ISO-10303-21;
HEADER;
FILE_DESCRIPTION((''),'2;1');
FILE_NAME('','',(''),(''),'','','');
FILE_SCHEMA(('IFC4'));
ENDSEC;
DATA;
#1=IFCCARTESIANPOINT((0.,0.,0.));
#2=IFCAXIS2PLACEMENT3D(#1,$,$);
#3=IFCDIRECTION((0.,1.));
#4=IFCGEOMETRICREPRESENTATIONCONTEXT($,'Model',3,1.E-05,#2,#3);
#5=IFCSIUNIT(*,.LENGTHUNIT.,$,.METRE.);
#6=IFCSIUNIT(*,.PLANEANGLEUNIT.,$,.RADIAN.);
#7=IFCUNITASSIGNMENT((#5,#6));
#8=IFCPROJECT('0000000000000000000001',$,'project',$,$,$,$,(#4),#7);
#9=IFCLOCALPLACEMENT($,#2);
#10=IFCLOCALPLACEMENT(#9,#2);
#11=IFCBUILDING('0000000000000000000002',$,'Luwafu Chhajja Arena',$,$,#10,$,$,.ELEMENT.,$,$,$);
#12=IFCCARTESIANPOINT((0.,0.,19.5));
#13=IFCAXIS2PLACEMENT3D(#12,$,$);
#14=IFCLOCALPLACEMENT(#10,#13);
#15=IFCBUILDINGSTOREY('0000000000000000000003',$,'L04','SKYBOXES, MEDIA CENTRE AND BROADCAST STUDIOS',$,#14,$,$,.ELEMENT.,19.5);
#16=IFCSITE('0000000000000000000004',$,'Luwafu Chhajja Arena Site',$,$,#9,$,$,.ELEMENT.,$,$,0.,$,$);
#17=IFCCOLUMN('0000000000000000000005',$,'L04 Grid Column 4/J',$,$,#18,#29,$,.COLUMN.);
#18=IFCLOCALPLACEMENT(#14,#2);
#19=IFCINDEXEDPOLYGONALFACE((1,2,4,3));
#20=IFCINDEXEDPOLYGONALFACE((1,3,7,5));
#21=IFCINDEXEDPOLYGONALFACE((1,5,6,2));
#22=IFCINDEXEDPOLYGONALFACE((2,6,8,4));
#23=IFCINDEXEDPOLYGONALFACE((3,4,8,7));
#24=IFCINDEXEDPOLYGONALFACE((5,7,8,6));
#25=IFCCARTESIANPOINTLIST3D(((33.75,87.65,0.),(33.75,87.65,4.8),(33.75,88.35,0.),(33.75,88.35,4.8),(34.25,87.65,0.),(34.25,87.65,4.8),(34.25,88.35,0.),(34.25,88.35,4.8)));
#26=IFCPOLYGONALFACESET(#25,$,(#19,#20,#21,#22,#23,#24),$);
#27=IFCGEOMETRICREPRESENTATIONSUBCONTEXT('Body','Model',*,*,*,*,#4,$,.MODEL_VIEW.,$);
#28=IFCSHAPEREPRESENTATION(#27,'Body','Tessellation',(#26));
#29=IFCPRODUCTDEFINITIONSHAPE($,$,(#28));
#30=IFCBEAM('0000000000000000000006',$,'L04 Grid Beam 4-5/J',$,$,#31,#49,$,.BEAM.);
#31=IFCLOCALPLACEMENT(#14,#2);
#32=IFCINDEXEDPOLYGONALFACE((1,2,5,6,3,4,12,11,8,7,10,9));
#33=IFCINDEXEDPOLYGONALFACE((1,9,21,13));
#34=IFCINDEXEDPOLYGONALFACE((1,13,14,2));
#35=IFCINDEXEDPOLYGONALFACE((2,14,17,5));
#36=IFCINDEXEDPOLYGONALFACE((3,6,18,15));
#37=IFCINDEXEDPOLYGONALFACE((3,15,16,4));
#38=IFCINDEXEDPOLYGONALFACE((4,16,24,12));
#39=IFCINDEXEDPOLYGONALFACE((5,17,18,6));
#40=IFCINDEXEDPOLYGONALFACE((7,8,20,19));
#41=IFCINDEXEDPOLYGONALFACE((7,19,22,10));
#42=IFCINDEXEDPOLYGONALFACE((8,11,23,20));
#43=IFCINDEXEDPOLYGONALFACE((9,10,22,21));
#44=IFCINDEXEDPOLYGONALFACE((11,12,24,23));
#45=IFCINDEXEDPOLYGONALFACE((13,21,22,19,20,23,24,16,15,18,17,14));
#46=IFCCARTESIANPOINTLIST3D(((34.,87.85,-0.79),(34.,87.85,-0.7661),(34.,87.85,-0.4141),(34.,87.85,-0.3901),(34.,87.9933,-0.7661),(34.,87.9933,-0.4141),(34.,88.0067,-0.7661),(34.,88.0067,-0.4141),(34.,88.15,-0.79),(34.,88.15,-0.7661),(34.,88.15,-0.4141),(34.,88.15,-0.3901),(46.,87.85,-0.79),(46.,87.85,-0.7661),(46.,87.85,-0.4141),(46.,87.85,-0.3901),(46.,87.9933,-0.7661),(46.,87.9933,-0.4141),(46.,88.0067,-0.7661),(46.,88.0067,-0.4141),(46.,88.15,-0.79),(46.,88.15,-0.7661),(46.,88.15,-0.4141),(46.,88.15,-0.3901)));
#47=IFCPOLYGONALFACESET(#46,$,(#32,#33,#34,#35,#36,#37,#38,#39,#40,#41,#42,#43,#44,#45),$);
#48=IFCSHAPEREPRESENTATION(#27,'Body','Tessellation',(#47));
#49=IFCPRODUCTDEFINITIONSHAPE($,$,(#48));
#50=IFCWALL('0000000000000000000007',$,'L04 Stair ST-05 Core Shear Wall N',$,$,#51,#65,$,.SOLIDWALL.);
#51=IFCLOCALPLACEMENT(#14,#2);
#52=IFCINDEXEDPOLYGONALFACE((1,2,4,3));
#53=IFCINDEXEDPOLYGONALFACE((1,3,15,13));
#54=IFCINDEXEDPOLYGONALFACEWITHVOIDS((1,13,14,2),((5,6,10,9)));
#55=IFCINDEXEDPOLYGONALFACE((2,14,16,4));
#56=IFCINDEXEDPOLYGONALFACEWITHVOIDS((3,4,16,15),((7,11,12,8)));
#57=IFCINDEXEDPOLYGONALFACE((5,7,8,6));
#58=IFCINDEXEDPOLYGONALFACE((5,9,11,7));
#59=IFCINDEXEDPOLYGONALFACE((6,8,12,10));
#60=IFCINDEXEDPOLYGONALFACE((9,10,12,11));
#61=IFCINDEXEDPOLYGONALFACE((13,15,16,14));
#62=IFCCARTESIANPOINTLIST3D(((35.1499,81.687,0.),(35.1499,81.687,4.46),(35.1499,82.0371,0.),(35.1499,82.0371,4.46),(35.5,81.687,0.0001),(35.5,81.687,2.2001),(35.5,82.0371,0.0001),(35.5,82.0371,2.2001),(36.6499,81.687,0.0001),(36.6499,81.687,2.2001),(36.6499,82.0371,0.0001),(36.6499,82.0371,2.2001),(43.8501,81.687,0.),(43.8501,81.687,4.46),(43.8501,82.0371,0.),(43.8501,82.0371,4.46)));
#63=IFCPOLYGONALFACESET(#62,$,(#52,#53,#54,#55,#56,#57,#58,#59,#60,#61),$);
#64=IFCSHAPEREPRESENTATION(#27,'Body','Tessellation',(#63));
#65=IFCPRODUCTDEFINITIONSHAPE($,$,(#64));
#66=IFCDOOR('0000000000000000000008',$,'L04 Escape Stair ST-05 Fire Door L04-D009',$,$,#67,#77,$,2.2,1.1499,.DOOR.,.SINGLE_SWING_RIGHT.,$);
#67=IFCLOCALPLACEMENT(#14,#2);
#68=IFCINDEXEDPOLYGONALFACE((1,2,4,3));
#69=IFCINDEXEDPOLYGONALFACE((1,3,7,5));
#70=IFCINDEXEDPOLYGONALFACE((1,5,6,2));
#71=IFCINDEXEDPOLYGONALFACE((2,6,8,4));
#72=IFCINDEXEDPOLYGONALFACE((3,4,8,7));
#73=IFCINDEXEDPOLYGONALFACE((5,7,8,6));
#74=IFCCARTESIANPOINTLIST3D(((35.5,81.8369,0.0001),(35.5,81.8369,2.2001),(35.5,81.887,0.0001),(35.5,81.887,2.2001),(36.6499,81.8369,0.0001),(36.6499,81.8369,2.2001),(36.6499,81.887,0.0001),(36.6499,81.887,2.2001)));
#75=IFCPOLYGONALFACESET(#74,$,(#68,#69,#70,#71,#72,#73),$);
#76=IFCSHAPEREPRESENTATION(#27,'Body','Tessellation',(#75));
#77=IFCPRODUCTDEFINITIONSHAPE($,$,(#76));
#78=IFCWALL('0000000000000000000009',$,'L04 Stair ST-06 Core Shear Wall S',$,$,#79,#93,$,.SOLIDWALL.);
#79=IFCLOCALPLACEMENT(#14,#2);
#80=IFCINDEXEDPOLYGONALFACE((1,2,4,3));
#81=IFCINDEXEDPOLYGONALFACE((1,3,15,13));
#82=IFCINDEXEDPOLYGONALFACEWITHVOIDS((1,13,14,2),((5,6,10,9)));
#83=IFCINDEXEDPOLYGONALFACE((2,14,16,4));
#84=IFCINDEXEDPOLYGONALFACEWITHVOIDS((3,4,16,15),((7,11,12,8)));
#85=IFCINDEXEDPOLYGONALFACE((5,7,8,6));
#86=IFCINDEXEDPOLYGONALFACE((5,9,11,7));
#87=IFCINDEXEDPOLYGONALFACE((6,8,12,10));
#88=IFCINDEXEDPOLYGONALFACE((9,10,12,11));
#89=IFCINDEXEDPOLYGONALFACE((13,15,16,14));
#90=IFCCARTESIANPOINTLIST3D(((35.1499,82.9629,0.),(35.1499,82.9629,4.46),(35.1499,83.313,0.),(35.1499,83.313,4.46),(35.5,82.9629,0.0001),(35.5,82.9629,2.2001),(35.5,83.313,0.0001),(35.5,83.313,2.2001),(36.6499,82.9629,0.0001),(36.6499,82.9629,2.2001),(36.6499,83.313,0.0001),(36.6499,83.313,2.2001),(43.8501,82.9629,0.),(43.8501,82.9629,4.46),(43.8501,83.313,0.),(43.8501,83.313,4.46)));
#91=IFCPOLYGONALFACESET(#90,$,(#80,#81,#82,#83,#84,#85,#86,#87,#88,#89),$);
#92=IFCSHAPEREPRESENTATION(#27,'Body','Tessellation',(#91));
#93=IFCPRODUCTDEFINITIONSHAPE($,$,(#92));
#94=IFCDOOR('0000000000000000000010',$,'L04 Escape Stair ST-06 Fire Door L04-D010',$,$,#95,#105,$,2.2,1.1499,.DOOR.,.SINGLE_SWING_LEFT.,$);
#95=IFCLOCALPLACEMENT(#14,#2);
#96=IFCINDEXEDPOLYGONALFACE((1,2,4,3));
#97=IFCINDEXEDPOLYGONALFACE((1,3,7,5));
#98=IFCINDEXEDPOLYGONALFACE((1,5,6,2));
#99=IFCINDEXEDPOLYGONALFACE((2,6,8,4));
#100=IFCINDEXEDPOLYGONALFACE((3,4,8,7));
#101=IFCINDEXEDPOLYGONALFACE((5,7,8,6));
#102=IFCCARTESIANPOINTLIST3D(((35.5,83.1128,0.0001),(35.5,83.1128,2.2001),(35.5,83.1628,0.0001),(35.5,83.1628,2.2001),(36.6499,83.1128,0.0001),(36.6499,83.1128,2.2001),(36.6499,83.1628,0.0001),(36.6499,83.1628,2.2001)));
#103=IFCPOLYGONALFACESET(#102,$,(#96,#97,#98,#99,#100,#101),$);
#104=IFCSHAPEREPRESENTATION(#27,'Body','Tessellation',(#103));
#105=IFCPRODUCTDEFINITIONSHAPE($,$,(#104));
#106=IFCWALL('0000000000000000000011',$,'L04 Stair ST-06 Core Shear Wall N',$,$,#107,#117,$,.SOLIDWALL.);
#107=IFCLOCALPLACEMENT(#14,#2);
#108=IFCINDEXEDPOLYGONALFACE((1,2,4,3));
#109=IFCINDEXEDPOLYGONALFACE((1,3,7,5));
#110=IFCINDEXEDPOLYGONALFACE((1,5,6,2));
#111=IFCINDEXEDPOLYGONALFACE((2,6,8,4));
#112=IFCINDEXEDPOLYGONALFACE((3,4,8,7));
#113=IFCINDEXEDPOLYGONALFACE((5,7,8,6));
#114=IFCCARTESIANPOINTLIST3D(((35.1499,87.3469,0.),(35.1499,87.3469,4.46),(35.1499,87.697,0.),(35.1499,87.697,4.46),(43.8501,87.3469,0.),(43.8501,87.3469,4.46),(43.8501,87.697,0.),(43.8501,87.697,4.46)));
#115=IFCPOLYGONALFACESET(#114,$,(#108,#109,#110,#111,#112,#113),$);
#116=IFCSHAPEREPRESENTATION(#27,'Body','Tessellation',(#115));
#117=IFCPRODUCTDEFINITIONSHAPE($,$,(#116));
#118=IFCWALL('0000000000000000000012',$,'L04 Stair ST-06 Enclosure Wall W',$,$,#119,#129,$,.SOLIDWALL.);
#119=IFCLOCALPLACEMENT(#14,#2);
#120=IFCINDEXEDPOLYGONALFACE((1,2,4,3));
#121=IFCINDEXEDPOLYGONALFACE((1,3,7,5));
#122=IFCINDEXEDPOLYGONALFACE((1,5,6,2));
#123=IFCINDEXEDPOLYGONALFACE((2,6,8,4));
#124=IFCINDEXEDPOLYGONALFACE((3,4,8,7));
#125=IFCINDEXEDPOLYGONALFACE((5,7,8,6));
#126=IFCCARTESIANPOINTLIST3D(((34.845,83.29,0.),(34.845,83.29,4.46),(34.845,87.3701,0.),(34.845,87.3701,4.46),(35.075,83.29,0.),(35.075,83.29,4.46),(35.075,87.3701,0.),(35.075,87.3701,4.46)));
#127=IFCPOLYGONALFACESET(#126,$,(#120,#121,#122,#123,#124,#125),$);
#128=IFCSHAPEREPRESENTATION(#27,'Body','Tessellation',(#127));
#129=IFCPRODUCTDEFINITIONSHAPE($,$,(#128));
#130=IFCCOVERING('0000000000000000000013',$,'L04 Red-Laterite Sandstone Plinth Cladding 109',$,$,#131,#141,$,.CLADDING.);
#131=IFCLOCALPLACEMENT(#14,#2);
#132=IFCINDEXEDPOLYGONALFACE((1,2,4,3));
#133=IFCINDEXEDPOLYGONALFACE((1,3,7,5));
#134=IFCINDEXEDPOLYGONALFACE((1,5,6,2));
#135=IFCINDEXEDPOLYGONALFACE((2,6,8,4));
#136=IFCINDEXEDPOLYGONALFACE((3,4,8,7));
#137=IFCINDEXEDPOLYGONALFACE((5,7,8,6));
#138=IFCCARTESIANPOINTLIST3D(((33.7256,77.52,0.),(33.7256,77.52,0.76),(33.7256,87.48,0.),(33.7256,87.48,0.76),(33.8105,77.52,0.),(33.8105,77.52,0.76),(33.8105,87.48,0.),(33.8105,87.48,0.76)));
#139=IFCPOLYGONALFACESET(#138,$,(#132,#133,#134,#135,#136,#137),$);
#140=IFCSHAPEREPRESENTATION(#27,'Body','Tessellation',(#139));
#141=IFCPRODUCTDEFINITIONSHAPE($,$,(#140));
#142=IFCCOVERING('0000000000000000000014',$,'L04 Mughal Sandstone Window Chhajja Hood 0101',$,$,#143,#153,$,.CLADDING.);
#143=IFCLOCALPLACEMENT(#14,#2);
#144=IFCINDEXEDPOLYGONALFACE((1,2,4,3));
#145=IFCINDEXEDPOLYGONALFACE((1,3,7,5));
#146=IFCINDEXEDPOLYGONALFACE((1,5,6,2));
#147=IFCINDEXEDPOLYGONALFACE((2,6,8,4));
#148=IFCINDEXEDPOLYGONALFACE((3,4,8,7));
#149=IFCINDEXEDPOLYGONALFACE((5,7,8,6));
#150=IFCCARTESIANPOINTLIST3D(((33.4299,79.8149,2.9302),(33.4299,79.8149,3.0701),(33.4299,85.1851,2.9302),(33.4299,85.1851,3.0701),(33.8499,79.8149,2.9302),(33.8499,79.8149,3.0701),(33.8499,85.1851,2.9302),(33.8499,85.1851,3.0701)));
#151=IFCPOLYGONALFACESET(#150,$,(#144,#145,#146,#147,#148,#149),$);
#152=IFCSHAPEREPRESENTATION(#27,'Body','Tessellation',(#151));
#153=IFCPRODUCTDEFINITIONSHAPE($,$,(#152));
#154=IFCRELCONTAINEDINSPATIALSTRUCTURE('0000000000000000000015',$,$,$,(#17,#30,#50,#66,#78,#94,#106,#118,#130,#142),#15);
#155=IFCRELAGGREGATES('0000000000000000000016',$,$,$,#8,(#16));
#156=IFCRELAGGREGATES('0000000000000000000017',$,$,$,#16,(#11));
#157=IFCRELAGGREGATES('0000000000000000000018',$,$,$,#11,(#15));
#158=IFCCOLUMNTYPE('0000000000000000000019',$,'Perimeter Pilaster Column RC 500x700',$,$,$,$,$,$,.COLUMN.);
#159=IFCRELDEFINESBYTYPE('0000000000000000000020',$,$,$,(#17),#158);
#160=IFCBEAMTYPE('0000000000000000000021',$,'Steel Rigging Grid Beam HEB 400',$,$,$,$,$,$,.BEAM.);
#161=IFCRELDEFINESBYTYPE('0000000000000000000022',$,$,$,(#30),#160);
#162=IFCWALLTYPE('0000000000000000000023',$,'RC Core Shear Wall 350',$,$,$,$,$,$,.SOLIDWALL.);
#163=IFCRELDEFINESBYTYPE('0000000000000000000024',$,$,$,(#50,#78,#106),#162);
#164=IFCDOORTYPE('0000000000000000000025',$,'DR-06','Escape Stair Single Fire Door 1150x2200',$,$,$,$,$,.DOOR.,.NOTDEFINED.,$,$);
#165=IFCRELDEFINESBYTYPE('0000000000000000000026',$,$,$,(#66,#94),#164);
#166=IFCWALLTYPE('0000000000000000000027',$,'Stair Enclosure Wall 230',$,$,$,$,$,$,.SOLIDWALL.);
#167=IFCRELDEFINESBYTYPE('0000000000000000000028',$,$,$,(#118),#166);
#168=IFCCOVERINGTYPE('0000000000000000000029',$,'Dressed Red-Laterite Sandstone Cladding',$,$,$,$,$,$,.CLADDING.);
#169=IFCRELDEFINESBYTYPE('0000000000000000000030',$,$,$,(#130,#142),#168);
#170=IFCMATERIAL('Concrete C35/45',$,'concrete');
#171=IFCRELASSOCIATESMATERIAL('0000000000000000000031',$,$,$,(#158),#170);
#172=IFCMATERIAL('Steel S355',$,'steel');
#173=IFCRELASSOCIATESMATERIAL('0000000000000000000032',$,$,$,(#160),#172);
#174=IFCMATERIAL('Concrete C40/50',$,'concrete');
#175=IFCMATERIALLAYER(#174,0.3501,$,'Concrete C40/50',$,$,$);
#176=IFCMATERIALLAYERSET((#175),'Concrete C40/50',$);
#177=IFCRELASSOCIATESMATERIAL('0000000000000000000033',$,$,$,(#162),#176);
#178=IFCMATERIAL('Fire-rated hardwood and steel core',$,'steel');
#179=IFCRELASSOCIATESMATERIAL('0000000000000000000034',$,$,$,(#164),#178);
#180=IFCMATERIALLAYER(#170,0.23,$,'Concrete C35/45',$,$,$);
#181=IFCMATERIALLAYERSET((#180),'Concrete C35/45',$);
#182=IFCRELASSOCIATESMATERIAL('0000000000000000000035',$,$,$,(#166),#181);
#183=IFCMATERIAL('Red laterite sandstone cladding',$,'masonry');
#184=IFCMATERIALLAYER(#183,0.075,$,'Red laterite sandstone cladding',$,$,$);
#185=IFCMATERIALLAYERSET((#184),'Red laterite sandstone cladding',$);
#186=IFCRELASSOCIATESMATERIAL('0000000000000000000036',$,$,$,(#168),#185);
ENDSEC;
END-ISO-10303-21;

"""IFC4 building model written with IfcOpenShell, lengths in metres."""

from ifc_helpers import new_model, si_unit, direction, frame, frame_2d, origin, origin_2d, place, context, subcontext, project, spatial, rectangle, i_section, extrude, material, layer, layer_set, material_profile, profile_set, type_object, element, fill, save


model = new_model("IFC4")

# Units and contexts
model_context = context("Model", 3, precision=1e-05, world=origin(), true_north=direction((0.0, 1.0)))
body_context = subcontext(model_context, "Body", "Model", "MODEL_VIEW")
ifc_project = project(units=[si_unit("LENGTHUNIT", "METRE"), si_unit("PLANEANGLEUNIT", "RADIAN")], contexts=[model_context])

# Site, building, storey
site_placement = place(None, origin())
site = spatial("IfcSite", under=ifc_project, at=site_placement, Name="Luwafu Chhajja Arena Site", CompositionType="ELEMENT", RefElevation=0.0)
building_placement = place(site_placement, origin())
building = spatial("IfcBuilding", under=site, at=building_placement, Name="Luwafu Chhajja Arena", CompositionType="ELEMENT")
storey_placement = place(building_placement, frame((0.0, 0.0, 19.5)))
storey = spatial("IfcBuildingStorey", under=building, at=storey_placement, Name="L04", Description="SKYBOXES, MEDIA CENTRE AND BROADCAST STUDIOS", CompositionType="ELEMENT", Elevation=19.5)

# Column
ifc_material_1 = material(Name="Concrete C35/45", Category="concrete")
ifc_material_profile_1 = material_profile(ifc_material_1, rectangle(XDim=0.5, YDim=0.7, at=origin_2d()), Name="RC 500x700")
ifc_profile_set_1 = profile_set([ifc_material_profile_1], Name="Concrete C35/45")
column_type = type_object("IfcColumnType", Name="Perimeter Pilaster Column RC 500x700", PredefinedType="COLUMN", material=ifc_profile_set_1)
column_placement = place(storey_placement, frame((34.0, 88.0, 0.0), z_axis=(0.0, 0.0, 1.0), x_axis=(1.0, 0.0, 0.0)))
element("IfcColumn", 1, at=column_placement, inside=storey, type_object=column_type, Name="L04 Grid Column 4/J", PredefinedType="COLUMN", context=body_context, shape_type="SweptSolid", body=[
    extrude(rectangle(XDim=0.5, YDim=0.7, at=origin_2d()), origin(), (0.0, 0.0, 1.0), 4.8),
])

# Beam
ifc_material_2 = material(Name="Steel S355", Category="steel")
ifc_material_profile_2 = material_profile(ifc_material_2, i_section(OverallWidth=0.3, OverallDepth=0.3999, WebThickness=0.0134, FlangeThickness=0.0239, at=origin_2d()), Name="HEB 400")
ifc_profile_set_2 = profile_set([ifc_material_profile_2], Name="Steel S355")
beam_type = type_object("IfcBeamType", Name="Steel Rigging Grid Beam HEB 400", PredefinedType="BEAM", material=ifc_profile_set_2)
beam_placement = place(storey_placement, frame((34.0, 88.0, -0.5901), z_axis=(1.0, 0.0, 0.0), x_axis=(0.0, 1.0, 0.0)))
element("IfcBeam", 2, at=beam_placement, inside=storey, type_object=beam_type, Name="L04 Grid Beam 4-5/J", PredefinedType="BEAM", context=body_context, shape_type="SweptSolid", body=[
    extrude(i_section(OverallWidth=0.3, OverallDepth=0.3999, WebThickness=0.0134, FlangeThickness=0.0239, at=origin_2d()), origin(), (0.0, 0.0, 1.0), 12.0),
])

# Walls, openings, doors
ifc_material_3 = material(Name="Concrete C40/50", Category="concrete")
ifc_layer_1 = layer(ifc_material_3, 0.3501, Name="Concrete C40/50")
ifc_layer_set_1 = layer_set([ifc_layer_1], Name="Concrete C40/50")
wall_type_1 = type_object("IfcWallType", Name="RC Core Shear Wall 350", PredefinedType="SOLIDWALL", material=ifc_layer_set_1)
wall_1_placement = place(storey_placement, frame((35.1499, 81.8621, 0.0), z_axis=(0.0, 0.0, 1.0), x_axis=(1.0, 0.0, 0.0)))
wall_1 = element("IfcWall", 3, at=wall_1_placement, inside=storey, type_object=wall_type_1, Name="L04 Stair ST-05 Core Shear Wall N", PredefinedType="SOLIDWALL", context=body_context, shape_type="SweptSolid", body=[
    extrude(rectangle(XDim=8.7002, YDim=0.3501, at=frame_2d((4.3501, 0.0))), origin(), (0.0, 0.0, 1.0), 4.46),
])
opening_1_placement = place(wall_1_placement, frame((0.3501, 0.0, 0.0)))
opening_1 = element("IfcOpeningElement", 4, at=opening_1_placement, cuts=wall_1, PredefinedType="OPENING", context=body_context, shape_type="SweptSolid", body=[
    extrude(rectangle(XDim=1.1499, YDim=2.2, at=frame_2d((0.575, 1.1001))), frame((0.0, 0.1851, 0.0), z_axis=(0.0, -1.0, 0.0), x_axis=(1.0, 0.0, 0.0)), (0.0, 0.0, 1.0), 0.3701),
])
ifc_material_4 = material(Name="Fire-rated hardwood and steel core", Category="steel")
door_type = type_object("IfcDoorType", Name="DR-06", Description="Escape Stair Single Fire Door 1150x2200", OperationType="NOTDEFINED", PredefinedType="DOOR", material=ifc_material_4)
door_1_placement = place(opening_1_placement, origin())
door_1 = element("IfcDoor", 5, at=door_1_placement, inside=storey, type_object=door_type, Name="L04 Escape Stair ST-05 Fire Door L04-D009", OperationType="SINGLE_SWING_RIGHT", OverallHeight=2.2, OverallWidth=1.1499, PredefinedType="DOOR", context=body_context, shape_type="SweptSolid", body=[
    extrude(rectangle(XDim=1.1499, YDim=2.2, at=frame_2d((0.575, 1.1001))), frame((0.0, 0.0249, 0.0), z_axis=(0.0, -1.0, 0.0), x_axis=(1.0, 0.0, 0.0)), (0.0, 0.0, 1.0), 0.05),
])
fill(opening_1, door_1)
wall_2_placement = place(storey_placement, frame((35.1499, 83.1379, 0.0), z_axis=(0.0, 0.0, 1.0), x_axis=(1.0, 0.0, 0.0)))
wall_2 = element("IfcWall", 6, at=wall_2_placement, inside=storey, type_object=wall_type_1, Name="L04 Stair ST-06 Core Shear Wall S", PredefinedType="SOLIDWALL", context=body_context, shape_type="SweptSolid", body=[
    extrude(rectangle(XDim=8.7002, YDim=0.3501, at=frame_2d((4.3501, 0.0))), origin(), (0.0, 0.0, 1.0), 4.46),
])
opening_2_placement = place(wall_2_placement, frame((0.3501, 0.0, 0.0)))
opening_2 = element("IfcOpeningElement", 7, at=opening_2_placement, cuts=wall_2, PredefinedType="OPENING", context=body_context, shape_type="SweptSolid", body=[
    extrude(rectangle(XDim=1.1499, YDim=2.2, at=frame_2d((0.575, 1.1001))), frame((0.0, 0.1851, 0.0), z_axis=(0.0, -1.0, 0.0), x_axis=(1.0, 0.0, 0.0)), (0.0, 0.0, 1.0), 0.3701),
])
door_2_placement = place(opening_2_placement, origin())
door_2 = element("IfcDoor", 8, at=door_2_placement, inside=storey, type_object=door_type, Name="L04 Escape Stair ST-06 Fire Door L04-D010", OperationType="SINGLE_SWING_LEFT", OverallHeight=2.2, OverallWidth=1.1499, PredefinedType="DOOR", context=body_context, shape_type="SweptSolid", body=[
    extrude(rectangle(XDim=1.1499, YDim=2.2, at=frame_2d((0.575, 1.1001))), frame((0.0, 0.0249, 0.0), z_axis=(0.0, -1.0, 0.0), x_axis=(1.0, 0.0, 0.0)), (0.0, 0.0, 1.0), 0.05),
])
fill(opening_2, door_2)

# Walls
wall_3_placement = place(storey_placement, frame((35.1499, 87.522, 0.0), z_axis=(0.0, 0.0, 1.0), x_axis=(1.0, 0.0, 0.0)))
element("IfcWall", 9, at=wall_3_placement, inside=storey, type_object=wall_type_1, Name="L04 Stair ST-06 Core Shear Wall N", PredefinedType="SOLIDWALL", context=body_context, shape_type="SweptSolid", body=[
    extrude(rectangle(XDim=8.7002, YDim=0.3501, at=frame_2d((4.3501, 0.0))), origin(), (0.0, 0.0, 1.0), 4.46),
])
ifc_layer_2 = layer(ifc_material_1, 0.23, Name="Concrete C35/45")
ifc_layer_set_2 = layer_set([ifc_layer_2], Name="Concrete C35/45")
wall_type_2 = type_object("IfcWallType", Name="Stair Enclosure Wall 230", PredefinedType="SOLIDWALL", material=ifc_layer_set_2)
wall_4_placement = place(storey_placement, frame((34.96, 83.29, 0.0), z_axis=(0.0, 0.0, 1.0), x_axis=(0.0, 1.0, 0.0)))
element("IfcWall", 10, at=wall_4_placement, inside=storey, type_object=wall_type_2, Name="L04 Stair ST-06 Enclosure Wall W", PredefinedType="SOLIDWALL", context=body_context, shape_type="SweptSolid", body=[
    extrude(rectangle(XDim=4.0801, YDim=0.23, at=frame_2d((2.04, 0.0))), origin(), (0.0, 0.0, 1.0), 4.46),
])

# Coverings
ifc_material_5 = material(Name="Red laterite sandstone cladding", Category="masonry")
ifc_layer_3 = layer(ifc_material_5, 0.075, Name="Red laterite sandstone cladding")
ifc_layer_set_3 = layer_set([ifc_layer_3], Name="Red laterite sandstone cladding")
covering_type = type_object("IfcCoveringType", Name="Dressed Red-Laterite Sandstone Cladding", PredefinedType="CLADDING", material=ifc_layer_set_3)
covering_1_placement = place(storey_placement, frame((33.7681, 82.5, 0.0), z_axis=(0.0, 0.0, 1.0), x_axis=(0.0, 1.0, 0.0)))
element("IfcCovering", 11, at=covering_1_placement, inside=storey, type_object=covering_type, Name="L04 Red-Laterite Sandstone Plinth Cladding 109", PredefinedType="CLADDING", context=body_context, shape_type="SweptSolid", body=[
    extrude(rectangle(XDim=9.96, YDim=0.085, at=origin_2d()), origin(), (0.0, 0.0, 1.0), 0.76),
])
covering_2_placement = place(storey_placement, frame((33.6399, 82.5, 2.9302), z_axis=(0.0, 0.0, 1.0), x_axis=(0.0, 1.0, 0.0)))
element("IfcCovering", 12, at=covering_2_placement, inside=storey, type_object=covering_type, Name="L04 Mughal Sandstone Window Chhajja Hood 0101", PredefinedType="CLADDING", context=body_context, shape_type="SweptSolid", body=[
    extrude(rectangle(XDim=5.3701, YDim=0.4199, at=origin_2d()), origin(), (0.0, 0.0, 1.0), 0.1399),
])

save(model, "model.ifc")
